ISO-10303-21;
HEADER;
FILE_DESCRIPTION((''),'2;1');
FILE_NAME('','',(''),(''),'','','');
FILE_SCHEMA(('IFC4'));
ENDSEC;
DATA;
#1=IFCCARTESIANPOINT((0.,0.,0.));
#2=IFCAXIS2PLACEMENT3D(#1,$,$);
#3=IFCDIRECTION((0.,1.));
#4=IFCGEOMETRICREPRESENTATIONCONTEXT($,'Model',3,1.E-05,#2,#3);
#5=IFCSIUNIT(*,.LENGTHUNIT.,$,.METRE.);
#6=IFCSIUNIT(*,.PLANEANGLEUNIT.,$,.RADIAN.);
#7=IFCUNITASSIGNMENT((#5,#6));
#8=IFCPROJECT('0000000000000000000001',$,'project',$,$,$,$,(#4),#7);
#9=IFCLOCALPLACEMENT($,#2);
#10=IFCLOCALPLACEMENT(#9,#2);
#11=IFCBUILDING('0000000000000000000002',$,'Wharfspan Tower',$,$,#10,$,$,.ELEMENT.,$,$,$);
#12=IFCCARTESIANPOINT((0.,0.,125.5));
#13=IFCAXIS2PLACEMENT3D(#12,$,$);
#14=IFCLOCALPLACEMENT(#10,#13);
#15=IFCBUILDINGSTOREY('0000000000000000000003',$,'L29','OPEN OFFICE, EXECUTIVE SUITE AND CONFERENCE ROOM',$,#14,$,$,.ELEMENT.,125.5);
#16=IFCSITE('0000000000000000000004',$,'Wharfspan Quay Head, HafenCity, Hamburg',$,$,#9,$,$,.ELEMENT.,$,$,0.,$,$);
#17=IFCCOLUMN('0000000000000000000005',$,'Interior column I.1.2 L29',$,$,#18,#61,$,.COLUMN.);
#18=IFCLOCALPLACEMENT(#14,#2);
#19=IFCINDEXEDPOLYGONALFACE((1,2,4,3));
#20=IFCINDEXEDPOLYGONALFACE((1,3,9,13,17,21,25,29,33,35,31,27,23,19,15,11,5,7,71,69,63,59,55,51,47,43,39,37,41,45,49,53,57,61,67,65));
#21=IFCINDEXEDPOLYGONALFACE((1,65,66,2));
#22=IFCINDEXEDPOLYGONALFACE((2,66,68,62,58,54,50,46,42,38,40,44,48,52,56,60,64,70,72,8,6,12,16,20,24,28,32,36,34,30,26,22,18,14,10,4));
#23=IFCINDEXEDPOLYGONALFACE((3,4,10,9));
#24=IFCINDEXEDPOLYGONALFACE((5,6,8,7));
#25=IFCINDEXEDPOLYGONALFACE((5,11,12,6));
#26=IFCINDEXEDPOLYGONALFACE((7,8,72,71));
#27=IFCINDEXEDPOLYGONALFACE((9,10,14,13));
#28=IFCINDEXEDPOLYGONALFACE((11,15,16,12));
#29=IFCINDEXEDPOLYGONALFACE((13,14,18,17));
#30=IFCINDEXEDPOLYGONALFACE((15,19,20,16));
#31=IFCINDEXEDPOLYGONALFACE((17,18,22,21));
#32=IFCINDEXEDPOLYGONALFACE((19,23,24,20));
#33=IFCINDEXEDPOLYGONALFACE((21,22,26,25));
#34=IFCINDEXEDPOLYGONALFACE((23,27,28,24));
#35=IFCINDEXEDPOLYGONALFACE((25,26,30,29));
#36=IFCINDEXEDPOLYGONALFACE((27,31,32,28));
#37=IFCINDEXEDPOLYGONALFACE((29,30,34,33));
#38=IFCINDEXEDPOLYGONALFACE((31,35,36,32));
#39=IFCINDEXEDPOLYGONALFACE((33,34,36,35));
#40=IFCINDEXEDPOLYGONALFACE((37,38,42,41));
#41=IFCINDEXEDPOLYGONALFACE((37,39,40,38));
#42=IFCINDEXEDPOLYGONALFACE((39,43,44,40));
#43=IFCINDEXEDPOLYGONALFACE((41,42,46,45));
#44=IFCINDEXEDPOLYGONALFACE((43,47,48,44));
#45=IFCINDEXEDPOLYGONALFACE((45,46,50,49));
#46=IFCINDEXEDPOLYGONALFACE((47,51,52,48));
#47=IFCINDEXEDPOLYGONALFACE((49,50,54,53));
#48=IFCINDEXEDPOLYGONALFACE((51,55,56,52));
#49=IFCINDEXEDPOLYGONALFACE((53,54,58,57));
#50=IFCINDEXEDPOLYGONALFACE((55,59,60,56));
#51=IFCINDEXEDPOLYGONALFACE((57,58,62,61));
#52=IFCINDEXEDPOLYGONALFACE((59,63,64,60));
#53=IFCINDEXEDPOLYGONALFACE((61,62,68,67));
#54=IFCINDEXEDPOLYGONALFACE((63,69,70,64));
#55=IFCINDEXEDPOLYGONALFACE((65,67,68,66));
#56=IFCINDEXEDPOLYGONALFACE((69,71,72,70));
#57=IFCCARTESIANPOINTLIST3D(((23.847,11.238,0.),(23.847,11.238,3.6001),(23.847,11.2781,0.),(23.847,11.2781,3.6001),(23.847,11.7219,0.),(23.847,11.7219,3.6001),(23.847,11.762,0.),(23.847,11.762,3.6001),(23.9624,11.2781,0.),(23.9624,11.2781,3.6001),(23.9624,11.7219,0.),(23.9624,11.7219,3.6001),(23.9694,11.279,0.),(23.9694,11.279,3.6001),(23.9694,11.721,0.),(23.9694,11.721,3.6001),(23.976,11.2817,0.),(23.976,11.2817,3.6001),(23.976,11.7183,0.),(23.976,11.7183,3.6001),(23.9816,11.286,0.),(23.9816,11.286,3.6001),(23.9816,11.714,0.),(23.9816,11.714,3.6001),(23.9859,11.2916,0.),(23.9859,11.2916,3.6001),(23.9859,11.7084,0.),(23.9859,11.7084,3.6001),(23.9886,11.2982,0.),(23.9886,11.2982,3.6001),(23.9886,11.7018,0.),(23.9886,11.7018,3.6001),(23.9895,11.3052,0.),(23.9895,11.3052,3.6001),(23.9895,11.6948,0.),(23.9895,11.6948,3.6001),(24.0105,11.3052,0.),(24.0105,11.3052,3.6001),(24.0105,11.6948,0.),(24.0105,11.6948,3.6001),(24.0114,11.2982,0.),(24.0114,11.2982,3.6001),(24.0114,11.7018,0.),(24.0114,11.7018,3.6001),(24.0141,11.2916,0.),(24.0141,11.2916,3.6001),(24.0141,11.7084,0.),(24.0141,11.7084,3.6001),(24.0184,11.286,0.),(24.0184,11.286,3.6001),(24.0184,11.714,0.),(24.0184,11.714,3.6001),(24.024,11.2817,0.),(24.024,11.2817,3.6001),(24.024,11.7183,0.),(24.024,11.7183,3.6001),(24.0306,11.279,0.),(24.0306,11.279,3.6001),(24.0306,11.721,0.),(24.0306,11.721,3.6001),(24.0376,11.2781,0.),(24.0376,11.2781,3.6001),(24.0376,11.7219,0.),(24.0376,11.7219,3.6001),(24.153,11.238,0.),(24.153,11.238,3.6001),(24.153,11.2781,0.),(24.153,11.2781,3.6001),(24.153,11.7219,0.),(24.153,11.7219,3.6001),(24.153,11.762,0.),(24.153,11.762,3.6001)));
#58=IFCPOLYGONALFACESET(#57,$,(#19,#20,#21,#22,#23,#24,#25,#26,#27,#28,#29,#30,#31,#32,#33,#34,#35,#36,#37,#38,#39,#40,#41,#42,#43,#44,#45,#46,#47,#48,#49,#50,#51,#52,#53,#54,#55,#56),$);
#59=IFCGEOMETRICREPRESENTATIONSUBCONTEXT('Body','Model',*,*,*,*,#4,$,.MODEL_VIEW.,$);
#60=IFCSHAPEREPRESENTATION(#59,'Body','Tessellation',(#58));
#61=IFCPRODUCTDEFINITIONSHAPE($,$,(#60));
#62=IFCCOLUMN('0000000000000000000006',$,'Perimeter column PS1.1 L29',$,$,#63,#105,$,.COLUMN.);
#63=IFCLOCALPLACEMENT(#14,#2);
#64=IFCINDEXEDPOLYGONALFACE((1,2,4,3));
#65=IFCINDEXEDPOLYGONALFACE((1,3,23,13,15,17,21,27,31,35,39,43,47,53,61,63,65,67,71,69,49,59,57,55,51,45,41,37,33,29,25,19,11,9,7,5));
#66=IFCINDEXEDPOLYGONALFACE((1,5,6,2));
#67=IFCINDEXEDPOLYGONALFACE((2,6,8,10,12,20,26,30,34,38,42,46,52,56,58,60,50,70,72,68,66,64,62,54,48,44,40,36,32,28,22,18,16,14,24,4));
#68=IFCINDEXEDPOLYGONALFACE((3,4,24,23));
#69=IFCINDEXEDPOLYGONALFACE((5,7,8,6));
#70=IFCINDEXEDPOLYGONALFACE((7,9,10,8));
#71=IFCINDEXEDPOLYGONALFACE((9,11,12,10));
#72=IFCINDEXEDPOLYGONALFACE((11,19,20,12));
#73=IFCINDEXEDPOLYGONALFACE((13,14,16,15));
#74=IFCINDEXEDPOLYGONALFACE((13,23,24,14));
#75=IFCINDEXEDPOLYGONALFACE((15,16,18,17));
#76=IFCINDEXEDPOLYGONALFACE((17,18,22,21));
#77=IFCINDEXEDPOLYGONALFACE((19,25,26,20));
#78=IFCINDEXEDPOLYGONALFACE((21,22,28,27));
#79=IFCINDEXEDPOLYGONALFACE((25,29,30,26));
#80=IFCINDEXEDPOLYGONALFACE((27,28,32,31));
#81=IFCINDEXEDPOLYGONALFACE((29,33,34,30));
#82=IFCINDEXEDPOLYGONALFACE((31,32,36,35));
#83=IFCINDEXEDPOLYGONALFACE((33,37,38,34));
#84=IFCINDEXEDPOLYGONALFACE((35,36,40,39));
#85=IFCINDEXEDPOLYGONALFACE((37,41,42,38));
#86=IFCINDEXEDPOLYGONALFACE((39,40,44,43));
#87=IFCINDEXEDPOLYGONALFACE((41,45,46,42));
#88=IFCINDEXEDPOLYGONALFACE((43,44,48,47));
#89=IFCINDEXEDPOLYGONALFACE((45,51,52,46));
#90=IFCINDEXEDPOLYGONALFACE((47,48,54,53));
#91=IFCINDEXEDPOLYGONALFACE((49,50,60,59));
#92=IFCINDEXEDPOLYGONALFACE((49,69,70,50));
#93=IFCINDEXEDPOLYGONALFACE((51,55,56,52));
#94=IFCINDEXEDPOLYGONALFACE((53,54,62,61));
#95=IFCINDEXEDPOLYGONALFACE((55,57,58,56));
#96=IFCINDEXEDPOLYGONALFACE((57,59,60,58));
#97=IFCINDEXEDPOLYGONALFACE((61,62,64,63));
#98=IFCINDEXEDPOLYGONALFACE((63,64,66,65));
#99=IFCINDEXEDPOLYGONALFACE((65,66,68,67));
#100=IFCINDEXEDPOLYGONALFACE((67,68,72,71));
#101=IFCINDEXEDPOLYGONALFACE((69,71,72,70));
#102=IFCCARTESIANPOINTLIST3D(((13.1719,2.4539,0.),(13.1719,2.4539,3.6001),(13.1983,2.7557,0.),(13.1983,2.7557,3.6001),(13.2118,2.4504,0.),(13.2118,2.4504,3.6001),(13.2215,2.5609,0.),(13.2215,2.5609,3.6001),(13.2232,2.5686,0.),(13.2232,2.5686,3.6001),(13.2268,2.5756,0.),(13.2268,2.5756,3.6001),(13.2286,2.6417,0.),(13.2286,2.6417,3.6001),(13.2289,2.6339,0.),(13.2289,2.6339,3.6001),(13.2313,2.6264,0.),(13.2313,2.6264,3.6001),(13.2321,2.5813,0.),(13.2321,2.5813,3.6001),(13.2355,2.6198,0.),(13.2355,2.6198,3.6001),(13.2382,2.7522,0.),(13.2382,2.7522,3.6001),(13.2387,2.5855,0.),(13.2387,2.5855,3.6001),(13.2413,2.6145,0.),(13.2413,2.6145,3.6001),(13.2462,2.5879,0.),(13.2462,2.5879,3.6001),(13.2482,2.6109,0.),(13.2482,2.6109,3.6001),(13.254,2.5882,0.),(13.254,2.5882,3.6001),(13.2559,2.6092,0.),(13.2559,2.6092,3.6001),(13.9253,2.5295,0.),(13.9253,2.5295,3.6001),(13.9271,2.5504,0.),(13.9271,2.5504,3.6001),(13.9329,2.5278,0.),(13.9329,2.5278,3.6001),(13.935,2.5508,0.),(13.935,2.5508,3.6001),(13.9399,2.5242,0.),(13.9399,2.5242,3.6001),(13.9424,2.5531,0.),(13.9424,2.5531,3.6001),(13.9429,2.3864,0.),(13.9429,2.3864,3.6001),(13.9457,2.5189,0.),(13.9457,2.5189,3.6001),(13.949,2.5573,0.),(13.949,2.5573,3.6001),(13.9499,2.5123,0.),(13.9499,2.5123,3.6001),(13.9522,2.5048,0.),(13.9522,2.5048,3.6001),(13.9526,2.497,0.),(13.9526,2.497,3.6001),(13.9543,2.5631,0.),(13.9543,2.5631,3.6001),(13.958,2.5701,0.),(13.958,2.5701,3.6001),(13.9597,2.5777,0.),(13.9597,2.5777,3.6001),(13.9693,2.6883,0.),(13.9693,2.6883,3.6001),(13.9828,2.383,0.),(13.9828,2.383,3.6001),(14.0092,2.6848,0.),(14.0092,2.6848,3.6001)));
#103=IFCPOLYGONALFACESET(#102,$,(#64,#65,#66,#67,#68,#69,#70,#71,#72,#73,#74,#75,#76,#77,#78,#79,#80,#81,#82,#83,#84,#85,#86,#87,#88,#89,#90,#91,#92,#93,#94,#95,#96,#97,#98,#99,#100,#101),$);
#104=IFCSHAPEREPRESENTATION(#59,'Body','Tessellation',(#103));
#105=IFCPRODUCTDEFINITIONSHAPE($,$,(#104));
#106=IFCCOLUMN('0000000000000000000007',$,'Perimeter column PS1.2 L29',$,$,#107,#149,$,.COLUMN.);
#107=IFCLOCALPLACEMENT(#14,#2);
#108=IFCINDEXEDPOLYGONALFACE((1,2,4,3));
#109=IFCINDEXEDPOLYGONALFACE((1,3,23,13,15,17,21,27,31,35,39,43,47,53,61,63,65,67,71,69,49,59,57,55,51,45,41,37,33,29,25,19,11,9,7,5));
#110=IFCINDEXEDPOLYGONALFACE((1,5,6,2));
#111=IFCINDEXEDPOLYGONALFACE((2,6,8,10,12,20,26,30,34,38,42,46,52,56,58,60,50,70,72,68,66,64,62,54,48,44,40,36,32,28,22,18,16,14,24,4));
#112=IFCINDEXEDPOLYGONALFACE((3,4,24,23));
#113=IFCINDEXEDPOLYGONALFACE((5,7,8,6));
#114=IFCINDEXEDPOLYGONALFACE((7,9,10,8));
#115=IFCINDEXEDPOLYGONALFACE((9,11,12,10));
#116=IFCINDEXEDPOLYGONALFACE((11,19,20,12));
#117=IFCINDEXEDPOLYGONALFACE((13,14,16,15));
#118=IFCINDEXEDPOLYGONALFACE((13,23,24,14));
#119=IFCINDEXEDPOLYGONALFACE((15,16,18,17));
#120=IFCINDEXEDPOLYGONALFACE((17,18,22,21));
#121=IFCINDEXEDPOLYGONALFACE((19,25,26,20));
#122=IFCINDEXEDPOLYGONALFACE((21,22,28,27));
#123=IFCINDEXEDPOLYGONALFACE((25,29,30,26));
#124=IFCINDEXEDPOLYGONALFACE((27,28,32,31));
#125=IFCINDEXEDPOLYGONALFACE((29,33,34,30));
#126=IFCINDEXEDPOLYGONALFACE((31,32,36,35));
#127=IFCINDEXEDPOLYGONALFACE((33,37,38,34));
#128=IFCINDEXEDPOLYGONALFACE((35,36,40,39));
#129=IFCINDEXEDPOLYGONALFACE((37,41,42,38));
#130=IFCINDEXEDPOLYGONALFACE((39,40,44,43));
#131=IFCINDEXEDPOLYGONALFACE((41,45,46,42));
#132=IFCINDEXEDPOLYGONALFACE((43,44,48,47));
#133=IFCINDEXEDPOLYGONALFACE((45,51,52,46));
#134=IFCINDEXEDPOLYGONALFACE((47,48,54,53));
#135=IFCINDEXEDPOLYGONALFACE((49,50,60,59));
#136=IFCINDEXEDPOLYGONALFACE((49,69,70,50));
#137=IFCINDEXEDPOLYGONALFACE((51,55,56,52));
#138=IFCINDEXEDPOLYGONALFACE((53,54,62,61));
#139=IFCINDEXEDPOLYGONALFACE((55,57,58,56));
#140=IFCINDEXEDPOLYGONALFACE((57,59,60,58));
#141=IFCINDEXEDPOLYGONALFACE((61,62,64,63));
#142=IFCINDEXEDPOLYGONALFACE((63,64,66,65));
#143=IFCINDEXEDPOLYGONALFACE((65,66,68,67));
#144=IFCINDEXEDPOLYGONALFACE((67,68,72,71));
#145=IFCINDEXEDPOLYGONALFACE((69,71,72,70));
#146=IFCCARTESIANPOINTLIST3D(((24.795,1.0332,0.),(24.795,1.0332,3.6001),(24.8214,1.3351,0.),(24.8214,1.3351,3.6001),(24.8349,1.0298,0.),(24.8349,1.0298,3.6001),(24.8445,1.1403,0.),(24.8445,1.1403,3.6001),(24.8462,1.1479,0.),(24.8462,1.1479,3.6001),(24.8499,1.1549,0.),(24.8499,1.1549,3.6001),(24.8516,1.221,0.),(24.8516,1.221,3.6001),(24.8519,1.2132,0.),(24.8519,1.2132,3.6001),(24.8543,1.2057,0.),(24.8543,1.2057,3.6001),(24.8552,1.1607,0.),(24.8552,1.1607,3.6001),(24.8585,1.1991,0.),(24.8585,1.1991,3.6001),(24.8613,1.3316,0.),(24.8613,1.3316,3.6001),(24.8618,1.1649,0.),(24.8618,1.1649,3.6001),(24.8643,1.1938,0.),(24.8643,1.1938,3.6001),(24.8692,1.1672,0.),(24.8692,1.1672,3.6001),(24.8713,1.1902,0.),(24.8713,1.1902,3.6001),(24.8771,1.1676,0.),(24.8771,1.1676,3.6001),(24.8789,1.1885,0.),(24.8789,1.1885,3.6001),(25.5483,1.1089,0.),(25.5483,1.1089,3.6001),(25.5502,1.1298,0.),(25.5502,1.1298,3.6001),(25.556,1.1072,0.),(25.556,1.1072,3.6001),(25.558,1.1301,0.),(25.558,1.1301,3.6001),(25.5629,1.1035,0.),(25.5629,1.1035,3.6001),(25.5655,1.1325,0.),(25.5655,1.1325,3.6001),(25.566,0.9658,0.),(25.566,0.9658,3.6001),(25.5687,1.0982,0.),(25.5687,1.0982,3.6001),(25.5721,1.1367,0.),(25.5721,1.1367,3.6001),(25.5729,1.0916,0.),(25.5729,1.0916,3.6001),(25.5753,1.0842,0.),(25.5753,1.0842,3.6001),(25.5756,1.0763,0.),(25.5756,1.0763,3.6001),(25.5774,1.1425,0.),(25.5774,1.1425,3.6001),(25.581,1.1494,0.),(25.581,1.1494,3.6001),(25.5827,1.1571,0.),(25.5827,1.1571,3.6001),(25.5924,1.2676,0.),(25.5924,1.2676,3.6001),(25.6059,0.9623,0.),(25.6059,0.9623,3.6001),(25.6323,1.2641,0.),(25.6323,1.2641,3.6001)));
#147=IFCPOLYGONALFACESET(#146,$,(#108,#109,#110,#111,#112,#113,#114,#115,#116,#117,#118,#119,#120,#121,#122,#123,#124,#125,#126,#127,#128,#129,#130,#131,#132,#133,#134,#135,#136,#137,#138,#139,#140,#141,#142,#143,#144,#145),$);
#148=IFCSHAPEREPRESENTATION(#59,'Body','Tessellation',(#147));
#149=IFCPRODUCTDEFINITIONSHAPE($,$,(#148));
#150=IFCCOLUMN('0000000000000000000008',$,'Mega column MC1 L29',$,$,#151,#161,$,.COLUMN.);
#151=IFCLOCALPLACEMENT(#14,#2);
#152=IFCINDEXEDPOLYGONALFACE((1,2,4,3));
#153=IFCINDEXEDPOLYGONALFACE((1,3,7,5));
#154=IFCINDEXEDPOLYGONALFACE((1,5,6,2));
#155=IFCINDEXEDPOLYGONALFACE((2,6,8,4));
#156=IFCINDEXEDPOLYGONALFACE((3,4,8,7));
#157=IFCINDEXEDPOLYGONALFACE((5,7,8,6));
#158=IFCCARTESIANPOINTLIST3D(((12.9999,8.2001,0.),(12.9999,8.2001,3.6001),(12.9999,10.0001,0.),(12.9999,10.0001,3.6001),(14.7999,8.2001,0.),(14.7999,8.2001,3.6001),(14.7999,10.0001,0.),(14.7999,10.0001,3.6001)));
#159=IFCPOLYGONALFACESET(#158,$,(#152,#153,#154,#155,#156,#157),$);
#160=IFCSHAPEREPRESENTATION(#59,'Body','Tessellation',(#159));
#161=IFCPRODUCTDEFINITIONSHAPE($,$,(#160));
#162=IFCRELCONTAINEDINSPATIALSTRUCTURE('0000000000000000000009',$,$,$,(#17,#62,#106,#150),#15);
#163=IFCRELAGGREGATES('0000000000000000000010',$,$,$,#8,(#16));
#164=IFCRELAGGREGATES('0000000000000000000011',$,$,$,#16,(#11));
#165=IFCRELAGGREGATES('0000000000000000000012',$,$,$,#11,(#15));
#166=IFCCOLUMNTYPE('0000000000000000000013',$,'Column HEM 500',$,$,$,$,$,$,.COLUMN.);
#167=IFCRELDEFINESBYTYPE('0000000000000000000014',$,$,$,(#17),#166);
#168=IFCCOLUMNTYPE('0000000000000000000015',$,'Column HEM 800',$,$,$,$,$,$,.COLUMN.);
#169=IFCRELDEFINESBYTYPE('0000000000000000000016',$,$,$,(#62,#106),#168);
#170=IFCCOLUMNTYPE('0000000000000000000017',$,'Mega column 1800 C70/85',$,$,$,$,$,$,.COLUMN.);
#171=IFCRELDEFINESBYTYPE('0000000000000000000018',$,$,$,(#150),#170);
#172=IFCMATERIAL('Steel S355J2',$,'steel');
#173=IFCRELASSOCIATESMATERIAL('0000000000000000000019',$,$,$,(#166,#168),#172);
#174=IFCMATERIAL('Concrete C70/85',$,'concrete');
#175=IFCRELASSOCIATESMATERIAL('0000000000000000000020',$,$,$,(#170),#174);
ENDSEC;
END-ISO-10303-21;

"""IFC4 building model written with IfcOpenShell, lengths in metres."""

from ifc_helpers import new_model, si_unit, direction, frame, origin, origin_2d, place, context, subcontext, project, spatial, rectangle, i_section, extrude, material, material_profile, profile_set, type_object, element, save


model = new_model("IFC4")

# Units and contexts
model_context = context("Model", 3, precision=1e-05, world=origin(), true_north=direction((0.0, 1.0)))
body_context = subcontext(model_context, "Body", "Model", "MODEL_VIEW")
ifc_project = project(units=[si_unit("LENGTHUNIT", "METRE"), si_unit("PLANEANGLEUNIT", "RADIAN")], contexts=[model_context])

# Site, building, storey
site_placement = place(None, origin())
site = spatial("IfcSite", under=ifc_project, at=site_placement, Name="Wharfspan Quay Head, HafenCity, Hamburg", CompositionType="ELEMENT", RefElevation=0.0)
building_placement = place(site_placement, origin())
building = spatial("IfcBuilding", under=site, at=building_placement, Name="Wharfspan Tower", CompositionType="ELEMENT")
storey_placement = place(building_placement, frame((0.0, 0.0, 125.5)))
storey = spatial("IfcBuildingStorey", under=building, at=storey_placement, Name="L29", Description="OPEN OFFICE, EXECUTIVE SUITE AND CONFERENCE ROOM", CompositionType="ELEMENT", Elevation=125.5)

# Columns
ifc_material_1 = material(Name="Steel S355J2", Category="steel")
ifc_material_profile_1 = material_profile(ifc_material_1, i_section(OverallWidth=0.3059, OverallDepth=0.5239, WebThickness=0.021, FlangeThickness=0.04, FilletRadius=0.0271, at=origin_2d()))
ifc_profile_set_1 = profile_set([ifc_material_profile_1], Name="Steel S355J2")
column_type_1 = type_object("IfcColumnType", Name="Column HEM 500", PredefinedType="COLUMN", material=ifc_profile_set_1)
column_1_placement = place(storey_placement, frame((24.0, 11.5, 0.0), z_axis=(0.0, 0.0, 1.0), x_axis=(1.0, 0.0, 0.0)))
element("IfcColumn", 1, at=column_1_placement, inside=storey, type_object=column_type_1, Name="Interior column I.1.2 L29", PredefinedType="COLUMN", context=body_context, shape_type="SweptSolid", body=[
    extrude(i_section(OverallWidth=0.3059, OverallDepth=0.5239, WebThickness=0.021, FlangeThickness=0.04, FilletRadius=0.0271, at=origin_2d()), origin(), (0.0, 0.0, 1.0), 3.6001),
])
ifc_material_profile_2 = material_profile(ifc_material_1, i_section(OverallWidth=0.303, OverallDepth=0.814, WebThickness=0.021, FlangeThickness=0.04, FilletRadius=0.03, at=origin_2d()))
ifc_profile_set_2 = profile_set([ifc_material_profile_2], Name="Steel S355J2")
column_type_2 = type_object("IfcColumnType", Name="Column HEM 800", PredefinedType="COLUMN", material=ifc_profile_set_2)
for number, where, z_axis, x_axis, name in (
    (2, (13.5906, 2.5693, 0.0), (0.0, 0.0, 1.0), (-0.087156, -0.996198, 0.0), "Perimeter column PS1.1 L29"),
    (3, (25.2136, 1.1487, 0.0), (0.0, 0.0, 1.0), (-0.087156, -0.996198, 0.0), "Perimeter column PS1.2 L29"),
):
    element("IfcColumn", number, at=place(storey_placement, frame(where, z_axis=z_axis, x_axis=x_axis)), inside=storey, type_object=column_type_2, Name=name, PredefinedType="COLUMN", context=body_context, shape_type="SweptSolid", body=[
        extrude(i_section(OverallWidth=0.303, OverallDepth=0.814, WebThickness=0.021, FlangeThickness=0.04, FilletRadius=0.03, at=origin_2d()), origin(), (0.0, 0.0, 1.0), 3.6001),
    ])
ifc_material_2 = material(Name="Concrete C70/85", Category="concrete")
ifc_material_profile_3 = material_profile(ifc_material_2, rectangle(XDim=1.8, YDim=1.8, at=origin_2d()))
ifc_profile_set_3 = profile_set([ifc_material_profile_3], Name="Concrete C70/85")
column_type_3 = type_object("IfcColumnType", Name="Mega column 1800 C70/85", PredefinedType="COLUMN", material=ifc_profile_set_3)
column_2_placement = place(storey_placement, frame((13.8999, 9.1001, 0.0), z_axis=(0.0, 0.0, 1.0), x_axis=(1.0, 0.0, 0.0)))
element("IfcColumn", 4, at=column_2_placement, inside=storey, type_object=column_type_3, Name="Mega column MC1 L29", PredefinedType="COLUMN", context=body_context, shape_type="SweptSolid", body=[
    extrude(rectangle(XDim=1.8, YDim=1.8, at=origin_2d()), origin(), (0.0, 0.0, 1.0), 3.6001),
])

save(model, "model.ifc")
